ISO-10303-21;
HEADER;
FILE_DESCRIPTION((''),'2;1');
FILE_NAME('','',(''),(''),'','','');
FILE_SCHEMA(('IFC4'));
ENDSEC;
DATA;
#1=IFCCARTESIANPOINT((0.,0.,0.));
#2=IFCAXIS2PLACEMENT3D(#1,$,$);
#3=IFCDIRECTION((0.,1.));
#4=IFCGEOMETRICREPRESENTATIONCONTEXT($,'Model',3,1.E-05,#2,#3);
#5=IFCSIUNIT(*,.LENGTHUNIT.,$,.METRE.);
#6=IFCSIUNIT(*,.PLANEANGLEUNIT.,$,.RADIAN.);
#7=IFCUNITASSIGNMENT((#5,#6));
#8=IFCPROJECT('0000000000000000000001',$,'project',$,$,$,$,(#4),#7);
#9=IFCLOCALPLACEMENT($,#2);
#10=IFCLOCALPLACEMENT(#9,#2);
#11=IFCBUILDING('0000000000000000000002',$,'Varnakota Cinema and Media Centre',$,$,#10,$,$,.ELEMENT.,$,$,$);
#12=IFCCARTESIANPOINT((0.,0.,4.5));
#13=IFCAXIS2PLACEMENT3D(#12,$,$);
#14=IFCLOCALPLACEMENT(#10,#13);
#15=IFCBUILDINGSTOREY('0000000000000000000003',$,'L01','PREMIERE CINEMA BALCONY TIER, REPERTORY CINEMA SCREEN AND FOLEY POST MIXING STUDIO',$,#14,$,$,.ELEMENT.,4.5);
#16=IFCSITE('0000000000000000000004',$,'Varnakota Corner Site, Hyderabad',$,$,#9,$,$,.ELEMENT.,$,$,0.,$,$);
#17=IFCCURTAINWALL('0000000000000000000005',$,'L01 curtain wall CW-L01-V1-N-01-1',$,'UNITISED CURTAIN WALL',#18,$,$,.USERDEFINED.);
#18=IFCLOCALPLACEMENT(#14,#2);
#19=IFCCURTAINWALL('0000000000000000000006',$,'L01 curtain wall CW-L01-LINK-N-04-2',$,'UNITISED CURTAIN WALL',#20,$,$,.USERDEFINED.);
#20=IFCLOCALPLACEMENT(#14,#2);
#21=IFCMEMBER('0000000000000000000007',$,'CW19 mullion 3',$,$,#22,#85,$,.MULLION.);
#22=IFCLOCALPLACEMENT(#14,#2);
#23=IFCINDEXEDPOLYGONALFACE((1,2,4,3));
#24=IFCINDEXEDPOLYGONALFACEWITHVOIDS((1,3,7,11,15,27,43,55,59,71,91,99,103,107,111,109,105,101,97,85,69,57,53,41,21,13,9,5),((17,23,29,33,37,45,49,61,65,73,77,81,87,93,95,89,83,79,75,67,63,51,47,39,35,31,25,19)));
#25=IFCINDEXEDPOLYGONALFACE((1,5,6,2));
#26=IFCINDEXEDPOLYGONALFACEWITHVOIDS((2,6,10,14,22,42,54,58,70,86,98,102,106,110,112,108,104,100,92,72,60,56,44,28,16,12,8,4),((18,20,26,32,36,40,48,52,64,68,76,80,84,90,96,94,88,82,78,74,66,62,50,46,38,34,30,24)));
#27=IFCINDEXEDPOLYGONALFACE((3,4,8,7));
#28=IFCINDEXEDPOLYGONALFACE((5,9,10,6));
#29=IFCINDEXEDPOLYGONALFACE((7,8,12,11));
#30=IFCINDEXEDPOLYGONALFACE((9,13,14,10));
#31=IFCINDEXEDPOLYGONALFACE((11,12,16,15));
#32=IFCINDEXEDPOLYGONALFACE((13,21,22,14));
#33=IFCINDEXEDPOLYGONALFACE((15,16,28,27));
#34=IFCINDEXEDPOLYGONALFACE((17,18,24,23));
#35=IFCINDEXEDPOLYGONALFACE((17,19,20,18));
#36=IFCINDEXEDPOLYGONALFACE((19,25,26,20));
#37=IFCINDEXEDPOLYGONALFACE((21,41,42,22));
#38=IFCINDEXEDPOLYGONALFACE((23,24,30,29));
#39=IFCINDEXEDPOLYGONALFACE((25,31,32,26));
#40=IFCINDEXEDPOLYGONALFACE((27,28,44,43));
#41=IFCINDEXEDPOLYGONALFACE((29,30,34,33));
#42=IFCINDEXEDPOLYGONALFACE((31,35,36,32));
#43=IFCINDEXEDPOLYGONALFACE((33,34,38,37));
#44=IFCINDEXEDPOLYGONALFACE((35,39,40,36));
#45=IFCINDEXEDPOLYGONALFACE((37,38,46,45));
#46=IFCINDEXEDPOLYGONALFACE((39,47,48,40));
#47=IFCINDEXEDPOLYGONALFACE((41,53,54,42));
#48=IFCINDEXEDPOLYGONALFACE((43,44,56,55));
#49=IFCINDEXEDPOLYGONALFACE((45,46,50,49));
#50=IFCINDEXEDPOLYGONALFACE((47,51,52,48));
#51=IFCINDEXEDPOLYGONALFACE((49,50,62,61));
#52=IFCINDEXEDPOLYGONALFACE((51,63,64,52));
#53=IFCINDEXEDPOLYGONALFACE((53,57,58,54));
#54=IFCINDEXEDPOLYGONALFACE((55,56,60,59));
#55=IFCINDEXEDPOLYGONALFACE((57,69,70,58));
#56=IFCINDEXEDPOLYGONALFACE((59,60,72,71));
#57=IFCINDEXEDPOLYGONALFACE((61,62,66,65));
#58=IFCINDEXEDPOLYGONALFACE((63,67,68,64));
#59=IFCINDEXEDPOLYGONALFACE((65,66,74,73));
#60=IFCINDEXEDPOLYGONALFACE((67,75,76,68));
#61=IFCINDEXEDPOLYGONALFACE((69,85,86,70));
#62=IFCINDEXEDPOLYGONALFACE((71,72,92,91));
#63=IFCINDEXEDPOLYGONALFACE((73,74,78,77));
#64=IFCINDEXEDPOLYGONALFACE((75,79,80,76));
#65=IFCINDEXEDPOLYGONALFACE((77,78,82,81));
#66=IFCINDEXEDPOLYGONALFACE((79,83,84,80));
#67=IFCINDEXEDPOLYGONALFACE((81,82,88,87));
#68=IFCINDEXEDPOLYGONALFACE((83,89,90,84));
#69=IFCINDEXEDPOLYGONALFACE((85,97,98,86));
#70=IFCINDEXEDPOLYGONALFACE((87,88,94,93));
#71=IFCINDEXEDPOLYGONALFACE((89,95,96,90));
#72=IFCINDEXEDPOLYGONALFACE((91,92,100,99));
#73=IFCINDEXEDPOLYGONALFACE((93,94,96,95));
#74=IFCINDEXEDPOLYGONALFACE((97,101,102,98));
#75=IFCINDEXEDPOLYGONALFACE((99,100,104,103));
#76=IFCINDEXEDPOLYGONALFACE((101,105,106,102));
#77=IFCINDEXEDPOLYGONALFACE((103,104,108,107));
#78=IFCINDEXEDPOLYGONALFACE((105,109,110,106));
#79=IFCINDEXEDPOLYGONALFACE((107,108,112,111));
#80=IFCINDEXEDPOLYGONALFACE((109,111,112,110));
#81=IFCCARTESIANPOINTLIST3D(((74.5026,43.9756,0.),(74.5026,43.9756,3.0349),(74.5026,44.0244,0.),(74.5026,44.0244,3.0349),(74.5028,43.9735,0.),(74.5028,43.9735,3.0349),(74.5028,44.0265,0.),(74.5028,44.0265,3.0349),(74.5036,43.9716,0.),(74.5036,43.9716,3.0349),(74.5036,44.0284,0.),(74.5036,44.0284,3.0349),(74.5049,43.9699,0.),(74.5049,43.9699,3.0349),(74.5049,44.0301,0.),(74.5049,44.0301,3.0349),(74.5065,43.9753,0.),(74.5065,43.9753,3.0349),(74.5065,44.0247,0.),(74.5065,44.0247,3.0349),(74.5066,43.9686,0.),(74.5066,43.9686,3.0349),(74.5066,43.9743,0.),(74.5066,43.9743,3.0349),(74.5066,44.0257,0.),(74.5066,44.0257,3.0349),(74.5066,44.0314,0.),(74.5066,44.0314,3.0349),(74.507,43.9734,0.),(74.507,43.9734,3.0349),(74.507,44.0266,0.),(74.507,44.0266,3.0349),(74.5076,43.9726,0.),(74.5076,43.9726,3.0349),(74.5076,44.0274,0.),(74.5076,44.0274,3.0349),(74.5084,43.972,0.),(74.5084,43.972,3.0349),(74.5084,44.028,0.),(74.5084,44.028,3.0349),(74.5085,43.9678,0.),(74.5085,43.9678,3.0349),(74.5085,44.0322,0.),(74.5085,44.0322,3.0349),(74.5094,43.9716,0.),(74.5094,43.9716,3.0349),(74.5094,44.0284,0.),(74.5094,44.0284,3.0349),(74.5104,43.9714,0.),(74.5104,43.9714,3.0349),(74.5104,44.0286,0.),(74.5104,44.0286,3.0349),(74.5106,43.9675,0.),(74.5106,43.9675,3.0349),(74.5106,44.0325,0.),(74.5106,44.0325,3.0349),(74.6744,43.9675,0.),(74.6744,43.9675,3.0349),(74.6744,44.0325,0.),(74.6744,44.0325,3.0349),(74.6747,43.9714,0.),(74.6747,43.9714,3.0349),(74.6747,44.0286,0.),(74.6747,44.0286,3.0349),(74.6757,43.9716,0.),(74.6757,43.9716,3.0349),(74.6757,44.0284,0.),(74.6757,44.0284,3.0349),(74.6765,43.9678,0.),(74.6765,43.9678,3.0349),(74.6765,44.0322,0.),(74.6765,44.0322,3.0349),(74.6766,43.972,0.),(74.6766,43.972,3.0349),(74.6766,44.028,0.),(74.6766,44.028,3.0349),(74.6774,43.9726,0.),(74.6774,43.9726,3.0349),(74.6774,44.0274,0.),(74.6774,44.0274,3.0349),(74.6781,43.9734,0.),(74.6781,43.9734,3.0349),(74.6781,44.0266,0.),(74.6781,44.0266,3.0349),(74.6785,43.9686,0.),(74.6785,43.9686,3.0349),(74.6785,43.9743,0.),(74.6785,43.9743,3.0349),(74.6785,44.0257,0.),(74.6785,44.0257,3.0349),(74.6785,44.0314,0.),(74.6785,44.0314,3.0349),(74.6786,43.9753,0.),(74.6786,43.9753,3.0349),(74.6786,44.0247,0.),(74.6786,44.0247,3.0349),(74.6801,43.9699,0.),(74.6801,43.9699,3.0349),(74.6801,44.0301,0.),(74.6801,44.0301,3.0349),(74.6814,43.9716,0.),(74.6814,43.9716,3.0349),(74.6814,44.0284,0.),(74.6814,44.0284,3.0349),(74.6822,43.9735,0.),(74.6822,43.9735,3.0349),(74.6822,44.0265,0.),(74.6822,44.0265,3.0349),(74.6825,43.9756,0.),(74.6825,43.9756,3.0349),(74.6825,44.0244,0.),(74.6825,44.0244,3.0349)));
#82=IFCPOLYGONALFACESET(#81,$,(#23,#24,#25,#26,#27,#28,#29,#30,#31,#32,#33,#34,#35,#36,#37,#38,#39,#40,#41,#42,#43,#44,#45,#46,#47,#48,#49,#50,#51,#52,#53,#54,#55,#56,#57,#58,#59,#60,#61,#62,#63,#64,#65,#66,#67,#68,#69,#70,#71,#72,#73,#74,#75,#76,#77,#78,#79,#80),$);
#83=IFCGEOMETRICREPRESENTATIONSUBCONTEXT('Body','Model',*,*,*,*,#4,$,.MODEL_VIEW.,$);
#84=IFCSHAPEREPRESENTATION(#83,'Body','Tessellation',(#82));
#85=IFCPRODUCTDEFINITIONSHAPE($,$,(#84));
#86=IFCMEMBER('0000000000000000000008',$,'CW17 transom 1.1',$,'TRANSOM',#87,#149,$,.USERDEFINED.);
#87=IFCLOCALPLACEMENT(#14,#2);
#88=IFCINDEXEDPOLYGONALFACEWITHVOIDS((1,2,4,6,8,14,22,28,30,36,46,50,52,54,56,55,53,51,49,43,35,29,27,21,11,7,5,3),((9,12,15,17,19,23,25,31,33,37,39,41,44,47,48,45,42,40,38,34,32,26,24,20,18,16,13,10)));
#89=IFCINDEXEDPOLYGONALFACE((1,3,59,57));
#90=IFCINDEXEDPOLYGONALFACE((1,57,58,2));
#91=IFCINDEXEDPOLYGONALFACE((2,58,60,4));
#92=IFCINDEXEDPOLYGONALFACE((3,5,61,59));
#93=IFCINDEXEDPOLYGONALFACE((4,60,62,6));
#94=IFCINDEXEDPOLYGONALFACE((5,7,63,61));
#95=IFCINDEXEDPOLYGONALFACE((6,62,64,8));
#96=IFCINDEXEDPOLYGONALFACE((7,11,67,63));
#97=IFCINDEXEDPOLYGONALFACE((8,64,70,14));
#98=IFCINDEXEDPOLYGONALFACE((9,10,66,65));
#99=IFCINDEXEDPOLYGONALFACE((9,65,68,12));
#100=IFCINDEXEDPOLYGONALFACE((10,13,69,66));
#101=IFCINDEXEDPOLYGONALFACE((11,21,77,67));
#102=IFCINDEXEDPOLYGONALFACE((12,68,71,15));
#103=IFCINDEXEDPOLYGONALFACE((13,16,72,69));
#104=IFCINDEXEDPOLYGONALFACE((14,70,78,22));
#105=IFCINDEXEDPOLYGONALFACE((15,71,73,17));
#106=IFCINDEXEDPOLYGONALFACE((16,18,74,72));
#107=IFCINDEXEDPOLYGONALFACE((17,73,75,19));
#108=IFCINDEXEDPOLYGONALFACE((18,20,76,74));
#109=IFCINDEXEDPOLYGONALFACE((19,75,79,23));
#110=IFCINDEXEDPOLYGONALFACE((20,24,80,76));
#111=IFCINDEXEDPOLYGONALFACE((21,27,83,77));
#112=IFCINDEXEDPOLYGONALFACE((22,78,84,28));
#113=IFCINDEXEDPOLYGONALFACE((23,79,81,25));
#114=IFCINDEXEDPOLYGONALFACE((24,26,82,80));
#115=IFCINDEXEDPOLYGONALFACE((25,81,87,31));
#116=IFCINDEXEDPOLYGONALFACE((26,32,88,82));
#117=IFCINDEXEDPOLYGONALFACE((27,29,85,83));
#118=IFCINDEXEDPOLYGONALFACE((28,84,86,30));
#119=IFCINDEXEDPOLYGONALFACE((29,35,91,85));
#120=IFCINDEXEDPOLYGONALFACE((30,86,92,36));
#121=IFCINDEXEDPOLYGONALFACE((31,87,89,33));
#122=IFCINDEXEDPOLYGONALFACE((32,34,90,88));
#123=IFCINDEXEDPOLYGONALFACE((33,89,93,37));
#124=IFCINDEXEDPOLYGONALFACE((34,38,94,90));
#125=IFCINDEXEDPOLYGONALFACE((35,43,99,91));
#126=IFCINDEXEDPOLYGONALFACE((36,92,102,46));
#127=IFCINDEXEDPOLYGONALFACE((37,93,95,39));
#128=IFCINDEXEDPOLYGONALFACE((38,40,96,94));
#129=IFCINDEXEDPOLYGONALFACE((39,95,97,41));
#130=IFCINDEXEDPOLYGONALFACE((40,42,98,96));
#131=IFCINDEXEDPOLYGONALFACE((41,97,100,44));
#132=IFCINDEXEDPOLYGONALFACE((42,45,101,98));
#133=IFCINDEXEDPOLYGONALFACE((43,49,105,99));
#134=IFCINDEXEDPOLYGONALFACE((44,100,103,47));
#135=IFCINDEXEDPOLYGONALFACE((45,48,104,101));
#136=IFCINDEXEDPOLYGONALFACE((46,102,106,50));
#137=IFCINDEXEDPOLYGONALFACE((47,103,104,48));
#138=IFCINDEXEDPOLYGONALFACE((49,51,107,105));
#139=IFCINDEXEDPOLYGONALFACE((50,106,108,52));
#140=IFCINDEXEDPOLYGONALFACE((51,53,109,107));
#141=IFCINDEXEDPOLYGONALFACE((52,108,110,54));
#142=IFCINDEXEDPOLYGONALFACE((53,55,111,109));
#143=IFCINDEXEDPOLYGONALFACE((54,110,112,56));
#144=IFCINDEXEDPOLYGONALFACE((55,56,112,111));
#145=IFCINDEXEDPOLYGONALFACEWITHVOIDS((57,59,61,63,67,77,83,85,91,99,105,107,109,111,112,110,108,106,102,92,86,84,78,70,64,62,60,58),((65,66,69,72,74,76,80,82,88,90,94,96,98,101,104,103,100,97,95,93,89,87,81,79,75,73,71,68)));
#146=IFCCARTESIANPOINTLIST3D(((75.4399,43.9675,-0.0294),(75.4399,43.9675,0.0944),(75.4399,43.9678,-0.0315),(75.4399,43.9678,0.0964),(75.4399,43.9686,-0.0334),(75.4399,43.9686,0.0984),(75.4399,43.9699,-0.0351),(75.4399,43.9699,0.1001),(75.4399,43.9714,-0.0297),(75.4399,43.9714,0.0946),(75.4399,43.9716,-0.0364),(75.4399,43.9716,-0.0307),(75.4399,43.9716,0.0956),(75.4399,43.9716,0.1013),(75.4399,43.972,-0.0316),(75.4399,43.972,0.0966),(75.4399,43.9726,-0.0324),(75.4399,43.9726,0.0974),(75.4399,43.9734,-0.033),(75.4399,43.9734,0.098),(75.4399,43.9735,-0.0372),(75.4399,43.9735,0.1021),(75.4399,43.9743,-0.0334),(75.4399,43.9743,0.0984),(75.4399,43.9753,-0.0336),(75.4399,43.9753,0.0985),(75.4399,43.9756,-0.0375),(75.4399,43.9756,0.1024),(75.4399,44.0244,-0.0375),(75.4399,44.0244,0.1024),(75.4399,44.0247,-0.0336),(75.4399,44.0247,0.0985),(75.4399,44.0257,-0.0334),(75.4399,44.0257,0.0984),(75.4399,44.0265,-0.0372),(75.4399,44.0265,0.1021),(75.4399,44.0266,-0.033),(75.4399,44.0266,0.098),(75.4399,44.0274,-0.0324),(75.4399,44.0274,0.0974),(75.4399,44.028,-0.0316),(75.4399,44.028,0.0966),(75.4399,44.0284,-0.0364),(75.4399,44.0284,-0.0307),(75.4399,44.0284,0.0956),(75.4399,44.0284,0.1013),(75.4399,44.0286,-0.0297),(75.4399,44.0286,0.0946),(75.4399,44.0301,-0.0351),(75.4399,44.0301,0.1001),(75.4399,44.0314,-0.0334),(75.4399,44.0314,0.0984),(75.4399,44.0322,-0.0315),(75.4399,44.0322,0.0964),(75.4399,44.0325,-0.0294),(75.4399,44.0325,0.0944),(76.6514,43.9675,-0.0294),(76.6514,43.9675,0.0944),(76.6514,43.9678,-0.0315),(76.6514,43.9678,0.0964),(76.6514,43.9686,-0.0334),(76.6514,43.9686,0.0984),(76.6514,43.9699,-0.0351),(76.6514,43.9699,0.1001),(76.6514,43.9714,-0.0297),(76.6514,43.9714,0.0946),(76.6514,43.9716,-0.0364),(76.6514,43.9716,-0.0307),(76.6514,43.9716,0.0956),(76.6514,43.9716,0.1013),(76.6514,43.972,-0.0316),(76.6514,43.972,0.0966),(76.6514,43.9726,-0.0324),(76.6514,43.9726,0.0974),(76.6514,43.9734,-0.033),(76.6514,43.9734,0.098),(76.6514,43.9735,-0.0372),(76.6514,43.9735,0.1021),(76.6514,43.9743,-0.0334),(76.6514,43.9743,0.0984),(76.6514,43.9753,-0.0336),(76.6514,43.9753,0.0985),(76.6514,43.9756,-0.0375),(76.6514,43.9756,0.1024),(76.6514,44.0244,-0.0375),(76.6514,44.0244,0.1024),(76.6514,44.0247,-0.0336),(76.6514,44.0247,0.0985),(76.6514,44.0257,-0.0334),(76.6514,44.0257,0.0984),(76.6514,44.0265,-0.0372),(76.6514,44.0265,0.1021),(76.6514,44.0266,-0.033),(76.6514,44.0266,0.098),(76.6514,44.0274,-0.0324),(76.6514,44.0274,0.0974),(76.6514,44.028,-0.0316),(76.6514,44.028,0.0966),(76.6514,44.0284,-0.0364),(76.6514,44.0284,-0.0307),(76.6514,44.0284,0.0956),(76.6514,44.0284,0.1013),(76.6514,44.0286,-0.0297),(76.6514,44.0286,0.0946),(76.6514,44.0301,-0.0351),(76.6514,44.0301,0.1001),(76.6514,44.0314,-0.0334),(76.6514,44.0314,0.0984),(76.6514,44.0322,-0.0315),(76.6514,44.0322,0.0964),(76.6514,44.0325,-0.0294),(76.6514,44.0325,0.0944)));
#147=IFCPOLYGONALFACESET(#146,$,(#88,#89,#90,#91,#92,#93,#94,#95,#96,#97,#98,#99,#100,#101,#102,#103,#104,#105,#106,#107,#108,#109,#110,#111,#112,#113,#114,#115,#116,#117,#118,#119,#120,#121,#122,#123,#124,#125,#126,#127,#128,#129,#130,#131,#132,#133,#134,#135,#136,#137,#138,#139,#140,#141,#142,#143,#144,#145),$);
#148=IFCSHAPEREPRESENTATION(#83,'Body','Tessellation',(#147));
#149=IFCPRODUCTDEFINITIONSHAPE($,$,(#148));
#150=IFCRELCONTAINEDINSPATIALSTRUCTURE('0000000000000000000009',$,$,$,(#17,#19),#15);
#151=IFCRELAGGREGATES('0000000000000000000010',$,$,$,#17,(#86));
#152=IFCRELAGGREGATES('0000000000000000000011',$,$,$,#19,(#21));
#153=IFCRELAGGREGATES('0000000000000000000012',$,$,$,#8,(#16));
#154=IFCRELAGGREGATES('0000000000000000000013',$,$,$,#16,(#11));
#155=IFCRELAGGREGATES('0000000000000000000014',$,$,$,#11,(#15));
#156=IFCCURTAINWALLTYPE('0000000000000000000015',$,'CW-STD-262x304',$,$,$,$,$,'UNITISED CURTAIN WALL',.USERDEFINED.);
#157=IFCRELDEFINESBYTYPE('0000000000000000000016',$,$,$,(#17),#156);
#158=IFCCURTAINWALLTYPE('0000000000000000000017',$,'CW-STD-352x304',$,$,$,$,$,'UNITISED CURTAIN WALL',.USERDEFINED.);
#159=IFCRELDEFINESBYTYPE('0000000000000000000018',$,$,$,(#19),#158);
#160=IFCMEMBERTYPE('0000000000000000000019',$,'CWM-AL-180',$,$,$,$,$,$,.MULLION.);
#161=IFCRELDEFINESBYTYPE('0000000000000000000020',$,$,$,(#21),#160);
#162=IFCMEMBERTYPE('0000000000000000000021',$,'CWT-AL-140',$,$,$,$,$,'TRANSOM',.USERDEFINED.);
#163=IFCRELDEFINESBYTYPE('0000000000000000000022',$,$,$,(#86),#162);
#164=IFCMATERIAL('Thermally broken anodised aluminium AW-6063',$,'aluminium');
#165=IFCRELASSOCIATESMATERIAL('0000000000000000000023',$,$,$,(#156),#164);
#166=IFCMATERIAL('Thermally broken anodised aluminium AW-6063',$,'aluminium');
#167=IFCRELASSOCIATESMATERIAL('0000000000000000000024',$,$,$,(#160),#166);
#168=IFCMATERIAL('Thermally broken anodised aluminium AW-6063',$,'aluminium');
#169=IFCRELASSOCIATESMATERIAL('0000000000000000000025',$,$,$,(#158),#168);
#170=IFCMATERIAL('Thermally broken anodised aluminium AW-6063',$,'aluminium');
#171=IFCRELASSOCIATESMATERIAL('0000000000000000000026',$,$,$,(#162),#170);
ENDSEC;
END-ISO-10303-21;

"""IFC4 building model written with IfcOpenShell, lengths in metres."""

from ifc_helpers import new_model, si_unit, direction, frame, origin, origin_2d, place, context, subcontext, project, spatial, hollow_rectangle, extrude, material, material_profile, profile_set, type_object, element, aggregate, save


model = new_model("IFC4")

# Units and contexts
model_context = context("Model", 3, precision=1e-05, world=origin(), true_north=direction((0.0, 1.0)))
body_context = subcontext(model_context, "Body", "Model", "MODEL_VIEW")
ifc_project = project(units=[si_unit("LENGTHUNIT", "METRE"), si_unit("PLANEANGLEUNIT", "RADIAN")], contexts=[model_context])

# Site, building, storey
site_placement = place(None, origin())
site = spatial("IfcSite", under=ifc_project, at=site_placement, Name="Varnakota Corner Site, Hyderabad", CompositionType="ELEMENT", RefElevation=0.0)
building_placement = place(site_placement, origin())
building = spatial("IfcBuilding", under=site, at=building_placement, Name="Varnakota Cinema and Media Centre", CompositionType="ELEMENT")
storey_placement = place(building_placement, frame((0.0, 0.0, 4.5)))
storey = spatial("IfcBuildingStorey", under=building, at=storey_placement, Name="L01", Description="PREMIERE CINEMA BALCONY TIER, REPERTORY CINEMA SCREEN AND FOLEY POST MIXING STUDIO", CompositionType="ELEMENT", Elevation=4.5)

# Curtain wall
ifc_material_1 = material(Name="Thermally broken anodised aluminium AW-6063", Category="aluminium")
curtain_wall_type_1 = type_object("IfcCurtainWallType", Name="CW-STD-262x304", ElementType="UNITISED CURTAIN WALL", PredefinedType="USERDEFINED", material=ifc_material_1)
curtain_wall_1_placement = place(storey_placement, origin())
curtain_wall_1 = element("IfcCurtainWall", 1, at=curtain_wall_1_placement, inside=storey, type_object=curtain_wall_type_1, Name="L01 curtain wall CW-L01-V1-N-01-1", ObjectType="UNITISED CURTAIN WALL", PredefinedType="USERDEFINED")
ifc_material_2 = material(Name="Thermally broken anodised aluminium AW-6063", Category="aluminium")
ifc_material_profile_1 = material_profile(ifc_material_2, hollow_rectangle(XDim=0.0649, YDim=0.1799, WallThickness=0.0039, InnerFilletRadius=0.0039, OuterFilletRadius=0.0081, at=origin_2d()), Name="AL-MULLION 180x65x4")
ifc_profile_set_1 = profile_set([ifc_material_profile_1], Name="Thermally broken anodised aluminium AW-6063")
member_type_1 = type_object("IfcMemberType", Name="CWM-AL-180", PredefinedType="MULLION", material=ifc_profile_set_1)
ifc_material_3 = material(Name="Thermally broken anodised aluminium AW-6063", Category="aluminium")
curtain_wall_type_2 = type_object("IfcCurtainWallType", Name="CW-STD-352x304", ElementType="UNITISED CURTAIN WALL", PredefinedType="USERDEFINED", material=ifc_material_3)

# Curtain wall, member
curtain_wall_2_placement = place(storey_placement, origin())
curtain_wall_2 = element("IfcCurtainWall", 2, at=curtain_wall_2_placement, inside=storey, type_object=curtain_wall_type_2, Name="L01 curtain wall CW-L01-LINK-N-04-2", ObjectType="UNITISED CURTAIN WALL", PredefinedType="USERDEFINED")
member_1_placement = place(storey_placement, frame((74.5925, 44.0, 0.0), z_axis=(0.0, 0.0, 1.0), x_axis=(0.0, 1.0, 0.0)))
member_1 = element("IfcMember", 3, at=member_1_placement, type_object=member_type_1, Name="CW19 mullion 3", PredefinedType="MULLION", context=body_context, shape_type="SweptSolid", body=[
    extrude(hollow_rectangle(XDim=0.0649, YDim=0.1799, WallThickness=0.0039, InnerFilletRadius=0.0039, OuterFilletRadius=0.0081, at=origin_2d()), origin(), (0.0, 0.0, 1.0), 3.0349),
])

# Member
ifc_material_4 = material(Name="Thermally broken anodised aluminium AW-6063", Category="aluminium")
ifc_material_profile_2 = material_profile(ifc_material_4, hollow_rectangle(XDim=0.0649, YDim=0.1399, WallThickness=0.0039, InnerFilletRadius=0.0039, OuterFilletRadius=0.0081, at=origin_2d()), Name="AL-TRANSOM 140x65x4")
ifc_profile_set_2 = profile_set([ifc_material_profile_2], Name="Thermally broken anodised aluminium AW-6063")
member_type_2 = type_object("IfcMemberType", Name="CWT-AL-140", ElementType="TRANSOM", PredefinedType="USERDEFINED", material=ifc_profile_set_2)
member_2_placement = place(storey_placement, frame((75.4399, 44.0, 0.0325), z_axis=(1.0, 0.0, 0.0), x_axis=(0.0, 1.0, 0.0)))
member_2 = element("IfcMember", 4, at=member_2_placement, type_object=member_type_2, Name="CW17 transom 1.1", ObjectType="TRANSOM", PredefinedType="USERDEFINED", context=body_context, shape_type="SweptSolid", body=[
    extrude(hollow_rectangle(XDim=0.0649, YDim=0.1399, WallThickness=0.0039, InnerFilletRadius=0.0039, OuterFilletRadius=0.0081, at=origin_2d()), origin(), (0.0, 0.0, 1.0), 1.2114),
])
aggregate(curtain_wall_1, [member_2])

aggregate(curtain_wall_2, [member_1])

save(model, "model.ifc")
